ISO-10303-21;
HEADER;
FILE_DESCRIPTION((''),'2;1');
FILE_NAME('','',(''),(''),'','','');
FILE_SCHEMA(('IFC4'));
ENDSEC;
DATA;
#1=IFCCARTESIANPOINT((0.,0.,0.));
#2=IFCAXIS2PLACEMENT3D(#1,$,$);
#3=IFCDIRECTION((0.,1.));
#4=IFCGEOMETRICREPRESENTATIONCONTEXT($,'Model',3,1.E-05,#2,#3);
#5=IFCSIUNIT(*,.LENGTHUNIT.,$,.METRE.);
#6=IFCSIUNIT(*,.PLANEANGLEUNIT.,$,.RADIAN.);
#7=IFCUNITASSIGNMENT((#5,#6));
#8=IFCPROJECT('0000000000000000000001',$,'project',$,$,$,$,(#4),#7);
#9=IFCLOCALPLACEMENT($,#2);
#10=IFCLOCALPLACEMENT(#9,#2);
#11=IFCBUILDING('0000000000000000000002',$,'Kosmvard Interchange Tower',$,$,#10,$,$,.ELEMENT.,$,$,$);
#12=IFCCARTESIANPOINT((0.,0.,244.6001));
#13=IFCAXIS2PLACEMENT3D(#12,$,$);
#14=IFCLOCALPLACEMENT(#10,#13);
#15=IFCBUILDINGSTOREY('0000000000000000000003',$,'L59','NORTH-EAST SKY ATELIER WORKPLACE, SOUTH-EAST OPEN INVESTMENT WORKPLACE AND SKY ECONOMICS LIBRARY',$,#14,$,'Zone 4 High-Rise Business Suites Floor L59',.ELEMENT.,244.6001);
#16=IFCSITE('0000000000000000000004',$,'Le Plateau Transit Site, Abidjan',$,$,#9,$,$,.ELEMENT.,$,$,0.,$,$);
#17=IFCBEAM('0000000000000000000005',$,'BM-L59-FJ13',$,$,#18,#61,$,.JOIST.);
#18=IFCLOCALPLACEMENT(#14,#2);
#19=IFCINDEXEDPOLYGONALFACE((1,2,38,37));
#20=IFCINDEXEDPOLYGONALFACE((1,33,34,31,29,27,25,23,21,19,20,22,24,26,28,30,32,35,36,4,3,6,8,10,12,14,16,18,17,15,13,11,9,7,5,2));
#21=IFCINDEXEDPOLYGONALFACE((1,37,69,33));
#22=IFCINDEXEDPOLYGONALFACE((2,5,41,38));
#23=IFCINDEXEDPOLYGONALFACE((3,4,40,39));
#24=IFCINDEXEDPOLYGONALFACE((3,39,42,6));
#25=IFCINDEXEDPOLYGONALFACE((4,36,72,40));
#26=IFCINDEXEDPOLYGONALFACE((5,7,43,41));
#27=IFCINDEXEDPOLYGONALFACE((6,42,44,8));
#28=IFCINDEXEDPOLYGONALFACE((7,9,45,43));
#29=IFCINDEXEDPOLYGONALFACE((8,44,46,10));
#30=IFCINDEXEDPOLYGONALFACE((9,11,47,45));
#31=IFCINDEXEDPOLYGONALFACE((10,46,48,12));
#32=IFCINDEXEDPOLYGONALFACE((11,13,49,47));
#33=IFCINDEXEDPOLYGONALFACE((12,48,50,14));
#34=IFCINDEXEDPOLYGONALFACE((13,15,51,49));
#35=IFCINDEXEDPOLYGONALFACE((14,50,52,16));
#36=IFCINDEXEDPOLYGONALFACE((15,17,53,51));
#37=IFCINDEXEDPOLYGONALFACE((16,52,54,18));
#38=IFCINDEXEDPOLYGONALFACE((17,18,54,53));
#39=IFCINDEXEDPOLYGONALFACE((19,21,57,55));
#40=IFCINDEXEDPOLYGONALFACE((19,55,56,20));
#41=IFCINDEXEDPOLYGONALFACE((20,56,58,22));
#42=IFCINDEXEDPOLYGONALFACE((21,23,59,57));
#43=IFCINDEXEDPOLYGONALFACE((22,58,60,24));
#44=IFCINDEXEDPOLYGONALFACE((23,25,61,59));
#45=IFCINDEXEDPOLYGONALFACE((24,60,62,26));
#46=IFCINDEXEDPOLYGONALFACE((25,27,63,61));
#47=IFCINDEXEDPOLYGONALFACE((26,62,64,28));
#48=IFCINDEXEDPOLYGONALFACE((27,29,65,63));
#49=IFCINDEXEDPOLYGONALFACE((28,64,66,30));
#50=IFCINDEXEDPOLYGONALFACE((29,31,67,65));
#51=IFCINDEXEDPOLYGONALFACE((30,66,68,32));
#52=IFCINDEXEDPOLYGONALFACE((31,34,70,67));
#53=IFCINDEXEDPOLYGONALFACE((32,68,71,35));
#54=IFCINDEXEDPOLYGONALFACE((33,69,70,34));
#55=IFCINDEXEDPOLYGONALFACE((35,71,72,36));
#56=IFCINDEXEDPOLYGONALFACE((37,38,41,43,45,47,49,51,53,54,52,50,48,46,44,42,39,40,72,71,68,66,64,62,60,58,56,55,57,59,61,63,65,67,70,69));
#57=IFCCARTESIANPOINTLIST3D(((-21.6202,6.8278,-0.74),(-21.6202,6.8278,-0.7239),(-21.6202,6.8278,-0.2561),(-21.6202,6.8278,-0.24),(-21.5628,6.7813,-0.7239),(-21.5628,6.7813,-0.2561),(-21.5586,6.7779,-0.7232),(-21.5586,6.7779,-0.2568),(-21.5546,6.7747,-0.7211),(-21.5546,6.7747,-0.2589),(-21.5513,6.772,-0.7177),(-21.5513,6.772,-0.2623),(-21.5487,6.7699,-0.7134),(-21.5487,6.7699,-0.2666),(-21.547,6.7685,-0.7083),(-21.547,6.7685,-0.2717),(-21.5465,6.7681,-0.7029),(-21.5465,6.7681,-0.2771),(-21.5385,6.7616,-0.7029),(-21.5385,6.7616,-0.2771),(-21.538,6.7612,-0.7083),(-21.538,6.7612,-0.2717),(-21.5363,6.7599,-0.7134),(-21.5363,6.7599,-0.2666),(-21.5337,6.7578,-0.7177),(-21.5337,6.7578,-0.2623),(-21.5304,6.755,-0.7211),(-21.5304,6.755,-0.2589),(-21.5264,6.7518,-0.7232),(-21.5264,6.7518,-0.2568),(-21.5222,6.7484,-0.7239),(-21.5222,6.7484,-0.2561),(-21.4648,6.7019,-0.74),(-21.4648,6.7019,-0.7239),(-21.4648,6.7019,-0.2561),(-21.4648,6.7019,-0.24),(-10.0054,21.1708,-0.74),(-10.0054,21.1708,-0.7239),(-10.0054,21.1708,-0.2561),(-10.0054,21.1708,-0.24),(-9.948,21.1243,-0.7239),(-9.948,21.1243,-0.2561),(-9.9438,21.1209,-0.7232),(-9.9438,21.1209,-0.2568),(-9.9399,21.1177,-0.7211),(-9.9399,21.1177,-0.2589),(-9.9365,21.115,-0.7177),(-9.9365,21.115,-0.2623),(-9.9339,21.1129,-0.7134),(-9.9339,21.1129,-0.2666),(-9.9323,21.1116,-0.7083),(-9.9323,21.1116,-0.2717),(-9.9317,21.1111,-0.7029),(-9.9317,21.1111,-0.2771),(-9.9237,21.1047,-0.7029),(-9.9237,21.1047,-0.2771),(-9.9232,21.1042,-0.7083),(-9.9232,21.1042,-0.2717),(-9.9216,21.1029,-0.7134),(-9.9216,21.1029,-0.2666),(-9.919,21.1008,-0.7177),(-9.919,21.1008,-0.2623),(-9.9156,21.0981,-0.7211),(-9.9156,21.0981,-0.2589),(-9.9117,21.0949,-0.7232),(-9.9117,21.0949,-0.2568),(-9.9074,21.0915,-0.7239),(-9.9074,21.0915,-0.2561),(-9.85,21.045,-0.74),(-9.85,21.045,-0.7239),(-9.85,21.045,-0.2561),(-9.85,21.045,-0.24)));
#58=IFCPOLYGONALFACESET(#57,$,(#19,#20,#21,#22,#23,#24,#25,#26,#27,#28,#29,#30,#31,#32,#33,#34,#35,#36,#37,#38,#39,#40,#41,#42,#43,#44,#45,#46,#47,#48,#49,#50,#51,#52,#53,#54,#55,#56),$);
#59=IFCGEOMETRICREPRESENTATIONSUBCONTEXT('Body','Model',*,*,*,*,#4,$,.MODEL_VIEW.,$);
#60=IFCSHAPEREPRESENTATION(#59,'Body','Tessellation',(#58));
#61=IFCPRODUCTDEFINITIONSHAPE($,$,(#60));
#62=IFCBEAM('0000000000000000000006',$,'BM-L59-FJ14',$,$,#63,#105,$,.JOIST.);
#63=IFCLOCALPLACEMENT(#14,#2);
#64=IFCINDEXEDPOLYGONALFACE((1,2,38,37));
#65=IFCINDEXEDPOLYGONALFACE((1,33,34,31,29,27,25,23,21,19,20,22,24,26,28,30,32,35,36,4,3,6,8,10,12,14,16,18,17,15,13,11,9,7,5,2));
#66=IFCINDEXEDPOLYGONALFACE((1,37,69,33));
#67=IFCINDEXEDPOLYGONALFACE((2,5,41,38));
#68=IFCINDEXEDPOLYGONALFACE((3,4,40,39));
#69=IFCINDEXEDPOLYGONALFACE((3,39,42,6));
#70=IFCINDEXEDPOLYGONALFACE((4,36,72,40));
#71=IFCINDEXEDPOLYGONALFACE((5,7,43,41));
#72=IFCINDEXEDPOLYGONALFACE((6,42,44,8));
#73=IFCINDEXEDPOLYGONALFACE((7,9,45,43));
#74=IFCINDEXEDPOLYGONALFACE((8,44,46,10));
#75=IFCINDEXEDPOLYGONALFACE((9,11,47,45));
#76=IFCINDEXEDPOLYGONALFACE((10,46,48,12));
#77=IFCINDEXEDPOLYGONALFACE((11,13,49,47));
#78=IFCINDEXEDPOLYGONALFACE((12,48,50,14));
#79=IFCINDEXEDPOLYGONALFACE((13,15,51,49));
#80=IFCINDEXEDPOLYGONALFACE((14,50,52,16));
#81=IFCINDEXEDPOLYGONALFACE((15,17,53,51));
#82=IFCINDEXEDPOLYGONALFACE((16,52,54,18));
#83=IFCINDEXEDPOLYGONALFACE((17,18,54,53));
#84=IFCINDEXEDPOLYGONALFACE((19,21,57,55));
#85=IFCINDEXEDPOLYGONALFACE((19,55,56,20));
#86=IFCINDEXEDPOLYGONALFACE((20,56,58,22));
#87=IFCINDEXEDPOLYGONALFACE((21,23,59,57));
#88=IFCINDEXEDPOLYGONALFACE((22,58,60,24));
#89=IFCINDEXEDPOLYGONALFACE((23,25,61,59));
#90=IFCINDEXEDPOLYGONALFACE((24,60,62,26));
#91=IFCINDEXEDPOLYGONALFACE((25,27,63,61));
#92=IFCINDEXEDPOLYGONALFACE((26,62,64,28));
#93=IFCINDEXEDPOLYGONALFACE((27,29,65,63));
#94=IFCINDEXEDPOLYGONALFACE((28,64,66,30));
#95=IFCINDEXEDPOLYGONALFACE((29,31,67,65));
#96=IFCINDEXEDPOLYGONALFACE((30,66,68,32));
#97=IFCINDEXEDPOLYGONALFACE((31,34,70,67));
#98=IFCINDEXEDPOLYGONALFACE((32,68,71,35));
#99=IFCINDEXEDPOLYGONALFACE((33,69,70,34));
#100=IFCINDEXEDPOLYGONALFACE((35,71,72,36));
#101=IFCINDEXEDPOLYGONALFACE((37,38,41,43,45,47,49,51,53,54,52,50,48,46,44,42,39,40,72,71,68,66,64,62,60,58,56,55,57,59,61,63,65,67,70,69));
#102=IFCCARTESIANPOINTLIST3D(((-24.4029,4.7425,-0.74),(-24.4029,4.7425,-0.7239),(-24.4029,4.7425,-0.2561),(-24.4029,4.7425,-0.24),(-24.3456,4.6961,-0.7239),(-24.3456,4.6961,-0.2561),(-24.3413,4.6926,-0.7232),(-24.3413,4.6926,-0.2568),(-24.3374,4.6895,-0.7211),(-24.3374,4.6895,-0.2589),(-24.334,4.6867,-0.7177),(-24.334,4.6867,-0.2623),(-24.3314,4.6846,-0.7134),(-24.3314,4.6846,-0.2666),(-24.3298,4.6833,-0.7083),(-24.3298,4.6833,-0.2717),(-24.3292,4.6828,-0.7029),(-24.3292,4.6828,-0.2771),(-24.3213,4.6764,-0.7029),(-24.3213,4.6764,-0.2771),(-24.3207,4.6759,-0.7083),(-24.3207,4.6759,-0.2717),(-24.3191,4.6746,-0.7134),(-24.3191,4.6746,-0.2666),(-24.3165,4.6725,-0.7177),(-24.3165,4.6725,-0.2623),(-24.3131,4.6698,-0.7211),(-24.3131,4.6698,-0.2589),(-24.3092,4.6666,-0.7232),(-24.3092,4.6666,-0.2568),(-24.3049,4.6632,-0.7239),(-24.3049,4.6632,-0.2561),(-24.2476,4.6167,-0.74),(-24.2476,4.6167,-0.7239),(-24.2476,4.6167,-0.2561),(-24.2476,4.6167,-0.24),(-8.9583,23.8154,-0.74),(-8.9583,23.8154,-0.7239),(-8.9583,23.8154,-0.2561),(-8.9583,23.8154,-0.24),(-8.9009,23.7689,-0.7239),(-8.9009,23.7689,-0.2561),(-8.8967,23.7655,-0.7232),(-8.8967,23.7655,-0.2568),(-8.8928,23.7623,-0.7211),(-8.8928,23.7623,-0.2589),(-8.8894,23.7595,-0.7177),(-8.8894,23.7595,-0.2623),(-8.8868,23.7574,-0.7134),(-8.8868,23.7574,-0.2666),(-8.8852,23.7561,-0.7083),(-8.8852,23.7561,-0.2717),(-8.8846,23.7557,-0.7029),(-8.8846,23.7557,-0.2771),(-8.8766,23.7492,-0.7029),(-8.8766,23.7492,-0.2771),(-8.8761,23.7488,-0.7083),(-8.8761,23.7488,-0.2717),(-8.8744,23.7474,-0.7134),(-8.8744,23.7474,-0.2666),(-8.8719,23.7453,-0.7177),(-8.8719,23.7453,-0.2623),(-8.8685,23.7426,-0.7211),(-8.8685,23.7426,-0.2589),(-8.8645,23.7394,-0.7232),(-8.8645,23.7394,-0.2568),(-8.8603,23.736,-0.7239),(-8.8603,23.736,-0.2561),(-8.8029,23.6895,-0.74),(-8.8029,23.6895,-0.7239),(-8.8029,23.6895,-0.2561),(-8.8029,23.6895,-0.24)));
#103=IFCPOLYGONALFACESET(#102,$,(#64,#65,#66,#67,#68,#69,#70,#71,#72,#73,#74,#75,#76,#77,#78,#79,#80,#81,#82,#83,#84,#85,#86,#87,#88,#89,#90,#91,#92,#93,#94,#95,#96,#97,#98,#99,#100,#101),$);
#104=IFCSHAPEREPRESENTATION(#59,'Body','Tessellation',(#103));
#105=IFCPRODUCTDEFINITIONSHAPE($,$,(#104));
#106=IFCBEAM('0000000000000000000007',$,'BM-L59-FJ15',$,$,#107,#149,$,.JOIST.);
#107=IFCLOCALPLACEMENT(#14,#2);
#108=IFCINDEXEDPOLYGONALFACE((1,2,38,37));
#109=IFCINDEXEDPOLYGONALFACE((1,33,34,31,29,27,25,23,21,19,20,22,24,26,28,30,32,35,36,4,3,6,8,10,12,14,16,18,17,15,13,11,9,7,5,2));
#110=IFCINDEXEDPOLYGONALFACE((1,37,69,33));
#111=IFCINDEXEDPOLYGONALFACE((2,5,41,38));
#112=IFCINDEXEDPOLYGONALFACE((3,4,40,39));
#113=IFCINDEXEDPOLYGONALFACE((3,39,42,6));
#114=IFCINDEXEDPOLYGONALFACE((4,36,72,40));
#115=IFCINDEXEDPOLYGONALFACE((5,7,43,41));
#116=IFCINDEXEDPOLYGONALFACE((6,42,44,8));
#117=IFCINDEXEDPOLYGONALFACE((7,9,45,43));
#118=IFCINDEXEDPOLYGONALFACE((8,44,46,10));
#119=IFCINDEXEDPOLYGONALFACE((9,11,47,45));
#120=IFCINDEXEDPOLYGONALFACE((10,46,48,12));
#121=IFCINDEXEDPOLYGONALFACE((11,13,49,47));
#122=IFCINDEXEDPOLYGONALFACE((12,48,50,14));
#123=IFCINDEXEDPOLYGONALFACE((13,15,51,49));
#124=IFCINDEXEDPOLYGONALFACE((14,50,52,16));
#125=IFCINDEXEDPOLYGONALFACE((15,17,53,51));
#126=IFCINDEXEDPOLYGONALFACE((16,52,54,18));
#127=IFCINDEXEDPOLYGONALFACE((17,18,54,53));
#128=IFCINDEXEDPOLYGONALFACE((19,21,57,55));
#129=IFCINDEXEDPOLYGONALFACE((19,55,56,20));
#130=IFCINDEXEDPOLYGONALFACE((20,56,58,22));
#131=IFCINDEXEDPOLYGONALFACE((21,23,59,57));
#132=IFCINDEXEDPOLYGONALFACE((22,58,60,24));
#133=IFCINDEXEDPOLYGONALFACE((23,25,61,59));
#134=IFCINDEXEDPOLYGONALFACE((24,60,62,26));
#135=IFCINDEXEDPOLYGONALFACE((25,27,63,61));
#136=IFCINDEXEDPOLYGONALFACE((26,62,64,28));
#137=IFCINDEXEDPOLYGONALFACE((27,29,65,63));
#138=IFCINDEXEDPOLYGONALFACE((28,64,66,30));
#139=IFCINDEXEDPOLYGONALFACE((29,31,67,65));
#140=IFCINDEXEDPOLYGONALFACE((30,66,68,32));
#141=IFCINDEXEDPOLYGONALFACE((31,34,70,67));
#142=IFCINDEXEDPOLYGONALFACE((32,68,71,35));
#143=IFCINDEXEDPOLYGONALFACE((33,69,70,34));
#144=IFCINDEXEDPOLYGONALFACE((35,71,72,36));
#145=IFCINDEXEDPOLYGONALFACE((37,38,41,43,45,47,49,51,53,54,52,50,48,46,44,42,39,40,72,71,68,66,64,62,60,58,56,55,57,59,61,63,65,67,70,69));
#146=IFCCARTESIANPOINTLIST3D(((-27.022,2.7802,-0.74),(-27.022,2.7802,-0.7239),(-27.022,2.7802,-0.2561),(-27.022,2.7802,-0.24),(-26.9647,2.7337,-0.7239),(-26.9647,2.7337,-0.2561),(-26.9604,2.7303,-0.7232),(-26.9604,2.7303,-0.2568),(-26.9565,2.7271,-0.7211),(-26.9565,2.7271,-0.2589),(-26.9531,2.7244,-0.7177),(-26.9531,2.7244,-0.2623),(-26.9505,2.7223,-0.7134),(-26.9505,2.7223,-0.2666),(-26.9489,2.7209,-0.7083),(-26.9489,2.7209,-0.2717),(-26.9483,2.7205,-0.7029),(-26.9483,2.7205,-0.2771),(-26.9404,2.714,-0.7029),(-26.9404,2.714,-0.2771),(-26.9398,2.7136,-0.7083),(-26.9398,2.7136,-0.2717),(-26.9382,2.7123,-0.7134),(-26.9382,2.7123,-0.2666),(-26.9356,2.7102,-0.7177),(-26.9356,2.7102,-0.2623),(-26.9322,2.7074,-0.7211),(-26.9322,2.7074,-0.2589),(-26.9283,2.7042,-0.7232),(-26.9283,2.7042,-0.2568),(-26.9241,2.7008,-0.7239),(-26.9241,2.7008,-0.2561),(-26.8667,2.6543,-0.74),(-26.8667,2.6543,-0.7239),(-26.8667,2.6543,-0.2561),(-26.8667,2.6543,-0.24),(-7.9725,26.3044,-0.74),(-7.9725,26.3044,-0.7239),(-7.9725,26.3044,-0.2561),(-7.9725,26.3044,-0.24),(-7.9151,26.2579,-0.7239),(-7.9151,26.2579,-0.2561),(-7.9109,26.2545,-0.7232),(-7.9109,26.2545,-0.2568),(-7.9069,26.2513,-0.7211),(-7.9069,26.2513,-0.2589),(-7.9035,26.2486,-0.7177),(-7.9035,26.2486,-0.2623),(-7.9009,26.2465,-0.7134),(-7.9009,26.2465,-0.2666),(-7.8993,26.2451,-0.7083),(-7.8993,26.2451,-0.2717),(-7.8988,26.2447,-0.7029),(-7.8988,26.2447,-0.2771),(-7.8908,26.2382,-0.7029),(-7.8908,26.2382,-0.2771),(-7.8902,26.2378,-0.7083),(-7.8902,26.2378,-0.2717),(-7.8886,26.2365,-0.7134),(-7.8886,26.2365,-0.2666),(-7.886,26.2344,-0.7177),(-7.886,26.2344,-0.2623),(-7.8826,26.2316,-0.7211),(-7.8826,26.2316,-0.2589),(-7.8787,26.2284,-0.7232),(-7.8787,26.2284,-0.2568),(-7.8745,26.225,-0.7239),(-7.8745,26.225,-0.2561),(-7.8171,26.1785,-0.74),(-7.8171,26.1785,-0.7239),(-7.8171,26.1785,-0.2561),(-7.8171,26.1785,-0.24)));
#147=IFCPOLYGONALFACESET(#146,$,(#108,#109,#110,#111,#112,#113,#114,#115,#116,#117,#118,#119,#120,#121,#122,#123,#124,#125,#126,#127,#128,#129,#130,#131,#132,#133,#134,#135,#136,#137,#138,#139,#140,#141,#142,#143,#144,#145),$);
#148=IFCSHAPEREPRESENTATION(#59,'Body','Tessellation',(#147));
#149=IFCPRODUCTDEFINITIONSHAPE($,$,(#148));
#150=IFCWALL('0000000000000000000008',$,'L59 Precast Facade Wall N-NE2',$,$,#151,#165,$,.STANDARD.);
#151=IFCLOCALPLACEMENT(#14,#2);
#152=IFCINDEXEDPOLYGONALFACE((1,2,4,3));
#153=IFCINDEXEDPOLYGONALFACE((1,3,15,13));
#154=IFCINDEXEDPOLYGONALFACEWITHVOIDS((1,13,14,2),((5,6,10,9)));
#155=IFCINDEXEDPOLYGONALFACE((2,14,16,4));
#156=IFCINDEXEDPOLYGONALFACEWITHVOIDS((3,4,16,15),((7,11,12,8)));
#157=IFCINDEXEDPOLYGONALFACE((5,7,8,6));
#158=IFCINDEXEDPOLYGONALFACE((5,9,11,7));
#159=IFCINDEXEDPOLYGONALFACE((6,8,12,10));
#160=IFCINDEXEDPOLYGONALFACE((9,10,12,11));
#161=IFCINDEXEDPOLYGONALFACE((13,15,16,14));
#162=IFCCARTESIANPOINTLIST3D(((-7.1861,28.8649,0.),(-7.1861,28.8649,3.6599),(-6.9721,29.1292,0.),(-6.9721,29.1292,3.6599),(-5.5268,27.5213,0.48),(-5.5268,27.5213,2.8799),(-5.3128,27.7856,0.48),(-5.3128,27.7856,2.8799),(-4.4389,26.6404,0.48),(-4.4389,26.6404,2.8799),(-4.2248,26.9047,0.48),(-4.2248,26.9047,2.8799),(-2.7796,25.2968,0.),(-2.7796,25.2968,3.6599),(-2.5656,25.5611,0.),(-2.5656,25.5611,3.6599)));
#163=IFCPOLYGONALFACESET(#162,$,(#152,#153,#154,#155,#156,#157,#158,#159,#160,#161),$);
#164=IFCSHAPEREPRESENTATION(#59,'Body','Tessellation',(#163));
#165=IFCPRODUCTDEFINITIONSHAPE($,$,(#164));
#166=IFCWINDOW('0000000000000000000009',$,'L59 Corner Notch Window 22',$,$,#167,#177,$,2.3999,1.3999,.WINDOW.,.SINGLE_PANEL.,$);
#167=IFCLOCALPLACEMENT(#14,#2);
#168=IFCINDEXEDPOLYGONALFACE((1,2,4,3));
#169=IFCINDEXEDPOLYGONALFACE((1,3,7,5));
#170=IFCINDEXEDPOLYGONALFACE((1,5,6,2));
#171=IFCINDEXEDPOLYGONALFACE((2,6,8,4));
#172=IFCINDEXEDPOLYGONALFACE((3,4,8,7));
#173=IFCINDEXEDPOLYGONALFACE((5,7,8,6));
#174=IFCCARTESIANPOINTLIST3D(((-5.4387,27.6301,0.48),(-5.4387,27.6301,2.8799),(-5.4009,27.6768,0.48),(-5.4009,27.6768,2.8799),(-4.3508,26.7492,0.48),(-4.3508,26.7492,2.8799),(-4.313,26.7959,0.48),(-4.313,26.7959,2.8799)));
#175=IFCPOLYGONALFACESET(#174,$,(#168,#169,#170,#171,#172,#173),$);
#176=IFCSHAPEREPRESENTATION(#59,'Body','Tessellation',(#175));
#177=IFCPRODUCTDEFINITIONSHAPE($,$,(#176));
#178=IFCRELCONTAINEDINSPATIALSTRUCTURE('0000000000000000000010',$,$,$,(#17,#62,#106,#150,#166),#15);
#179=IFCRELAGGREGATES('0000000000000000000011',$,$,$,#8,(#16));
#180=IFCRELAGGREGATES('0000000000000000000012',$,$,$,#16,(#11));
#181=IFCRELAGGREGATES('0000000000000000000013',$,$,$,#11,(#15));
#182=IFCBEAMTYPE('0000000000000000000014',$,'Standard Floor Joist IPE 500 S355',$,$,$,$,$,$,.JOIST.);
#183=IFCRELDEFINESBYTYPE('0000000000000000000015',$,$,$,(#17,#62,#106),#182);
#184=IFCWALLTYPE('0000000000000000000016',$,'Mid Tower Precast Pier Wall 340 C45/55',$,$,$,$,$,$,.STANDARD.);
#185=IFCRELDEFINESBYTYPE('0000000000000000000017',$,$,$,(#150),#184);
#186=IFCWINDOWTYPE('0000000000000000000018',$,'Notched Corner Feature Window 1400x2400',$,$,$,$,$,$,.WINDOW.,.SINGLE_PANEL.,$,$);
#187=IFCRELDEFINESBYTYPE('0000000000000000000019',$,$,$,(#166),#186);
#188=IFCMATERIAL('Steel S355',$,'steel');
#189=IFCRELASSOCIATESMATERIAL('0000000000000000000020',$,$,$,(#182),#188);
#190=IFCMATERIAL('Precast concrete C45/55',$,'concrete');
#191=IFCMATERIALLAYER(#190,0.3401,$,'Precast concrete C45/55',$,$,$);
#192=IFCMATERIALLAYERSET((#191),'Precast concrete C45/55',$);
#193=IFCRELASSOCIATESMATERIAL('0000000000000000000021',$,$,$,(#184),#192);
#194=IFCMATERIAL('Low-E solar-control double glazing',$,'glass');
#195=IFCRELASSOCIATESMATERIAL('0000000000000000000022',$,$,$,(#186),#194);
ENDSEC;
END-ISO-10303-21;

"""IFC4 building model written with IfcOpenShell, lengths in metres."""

from ifc_helpers import new_model, si_unit, direction, frame, frame_2d, origin, origin_2d, place, context, subcontext, project, spatial, rectangle, i_section, extrude, source, transform, mapped, material, layer, layer_set, material_profile, profile_set, type_object, element, fill, save


model = new_model("IFC4")

# Units and contexts
model_context = context("Model", 3, precision=1e-05, world=origin(), true_north=direction((0.0, 1.0)))
body_context = subcontext(model_context, "Body", "Model", "MODEL_VIEW")
ifc_project = project(units=[si_unit("LENGTHUNIT", "METRE"), si_unit("PLANEANGLEUNIT", "RADIAN")], contexts=[model_context])

# Site, building, storey
site_placement = place(None, origin())
site = spatial("IfcSite", under=ifc_project, at=site_placement, Name="Le Plateau Transit Site, Abidjan", CompositionType="ELEMENT", RefElevation=0.0)
building_placement = place(site_placement, origin())
building = spatial("IfcBuilding", under=site, at=building_placement, Name="Kosmvard Interchange Tower", CompositionType="ELEMENT")
storey_placement = place(building_placement, frame((0.0, 0.0, 244.6001)))
storey = spatial("IfcBuildingStorey", under=building, at=storey_placement, Name="L59", Description="NORTH-EAST SKY ATELIER WORKPLACE, SOUTH-EAST OPEN INVESTMENT WORKPLACE AND SKY ECONOMICS LIBRARY", LongName="Zone 4 High-Rise Business Suites Floor L59", CompositionType="ELEMENT", Elevation=244.6001)

# Beams
ifc_material_1 = material(Name="Steel S355", Category="steel")
ifc_material_profile_1 = material_profile(ifc_material_1, i_section(OverallWidth=0.2, OverallDepth=0.5, WebThickness=0.0103, FlangeThickness=0.0161, FilletRadius=0.021, at=origin_2d()), Name="IPE 500")
ifc_profile_set_1 = profile_set([ifc_material_profile_1], Name="Steel S355")
beam_type_1 = type_object("IfcBeamType", Name="Standard Floor Joist IPE 500 S355", PredefinedType="JOIST", material=ifc_profile_set_1)
shared_shape_1 = source(origin(), body_context, "Body", "SweptSolid", [
    extrude(i_section(OverallWidth=0.2, OverallDepth=0.5, WebThickness=0.0103, FlangeThickness=0.0161, FilletRadius=0.021, at=origin_2d()), origin(), (0.0, 0.0, 1.0), 18.4561),
])
beam_1_placement = place(storey_placement, frame((-9.9277, 21.1079, -0.49), z_axis=(-0.62932, -0.777146, 0.0), x_axis=(0.777146, -0.62932, 0.0)))
element("IfcBeam", 1, at=beam_1_placement, inside=storey, type_object=beam_type_1, Name="BM-L59-FJ13", PredefinedType="JOIST", context=body_context, shape_type="MappedRepresentation", body=[
    mapped(shared_shape_1, transform((0.0, 0.0, 0.0), scale=1.0)),
])
shared_shape_2 = source(origin(), body_context, "Body", "SweptSolid", [
    extrude(i_section(OverallWidth=0.2, OverallDepth=0.5, WebThickness=0.0103, FlangeThickness=0.0161, FilletRadius=0.021, at=origin_2d()), origin(), (0.0, 0.0, 1.0), 24.542),
])
beam_2_placement = place(storey_placement, frame((-8.8806, 23.7524, -0.49), z_axis=(-0.629315, -0.777151, 0.0), x_axis=(0.777151, -0.629315, 0.0)))
element("IfcBeam", 2, at=beam_2_placement, inside=storey, type_object=beam_type_1, Name="BM-L59-FJ14", PredefinedType="JOIST", context=body_context, shape_type="MappedRepresentation", body=[
    mapped(shared_shape_2, transform((0.0, 0.0, 0.0), scale=1.0)),
])
shared_shape_3 = source(origin(), body_context, "Body", "SweptSolid", [
    extrude(i_section(OverallWidth=0.2, OverallDepth=0.5, WebThickness=0.0103, FlangeThickness=0.0161, FilletRadius=0.021, at=origin_2d()), origin(), (0.0, 0.0, 1.0), 30.27),
])
beam_3_placement = place(storey_placement, frame((-7.8948, 26.2415, -0.49), z_axis=(-0.629322, -0.777145, 0.0), x_axis=(0.777145, -0.629322, 0.0)))
element("IfcBeam", 3, at=beam_3_placement, inside=storey, type_object=beam_type_1, Name="BM-L59-FJ15", PredefinedType="JOIST", context=body_context, shape_type="MappedRepresentation", body=[
    mapped(shared_shape_3, transform((0.0, 0.0, 0.0), scale=1.0)),
])

# Wall, opening, window
ifc_material_2 = material(Name="Precast concrete C45/55", Category="concrete")
ifc_layer_1 = layer(ifc_material_2, 0.3401, Name="Precast concrete C45/55")
ifc_layer_set_1 = layer_set([ifc_layer_1], Name="Precast concrete C45/55")
wall_type_1 = type_object("IfcWallType", Name="Mid Tower Precast Pier Wall 340 C45/55", PredefinedType="STANDARD", material=ifc_layer_set_1)
wall_1_placement = place(storey_placement, frame((-2.6726, 25.429, 0.0), z_axis=(0.0, 0.0, 1.0), x_axis=(-0.777163, 0.6293, 0.0)))
wall_1 = element("IfcWall", 4, at=wall_1_placement, inside=storey, type_object=wall_type_1, Name="L59 Precast Facade Wall N-NE2", PredefinedType="STANDARD", context=body_context, shape_type="SweptSolid", body=[
    extrude(rectangle(XDim=5.6699, YDim=0.3401, at=frame_2d((2.835, 0.0))), origin(), (0.0, 0.0, 1.0), 3.6599),
])
opening_1_placement = place(wall_1_placement, frame((2.135, 0.0, 0.48)))
opening_1 = element("IfcOpeningElement", 5, at=opening_1_placement, cuts=wall_1, PredefinedType="OPENING", context=body_context, shape_type="SweptSolid", body=[
    extrude(rectangle(XDim=1.3999, YDim=2.3999, at=frame_2d((0.7, 1.2))), frame((0.0, 0.1802, 0.0), z_axis=(0.0, -1.0, 0.0), x_axis=(1.0, 0.0, 0.0)), (0.0, 0.0, 1.0), 0.3601),
])
ifc_material_3 = material(Name="Low-E solar-control double glazing", Category="glass")
window_type_1 = type_object("IfcWindowType", Name="Notched Corner Feature Window 1400x2400", PartitioningType="SINGLE_PANEL", PredefinedType="WINDOW", material=ifc_material_3)
shared_shape_4 = source(origin(), body_context, "Body", "SweptSolid", [
    extrude(rectangle(XDim=1.3999, YDim=2.3999, at=frame_2d((0.7, 1.2))), frame((0.0, 0.03, 0.0), z_axis=(0.0, -1.0, 0.0), x_axis=(1.0, 0.0, 0.0)), (0.0, 0.0, 1.0), 0.0601),
])
window_1_placement = place(opening_1_placement, origin())
window_1 = element("IfcWindow", 6, at=window_1_placement, inside=storey, type_object=window_type_1, Name="L59 Corner Notch Window 22", OverallHeight=2.3999, OverallWidth=1.3999, PartitioningType="SINGLE_PANEL", PredefinedType="WINDOW", context=body_context, shape_type="MappedRepresentation", body=[
    mapped(shared_shape_4, transform((0.0, 0.0, 0.0), scale=1.0)),
])
fill(opening_1, window_1)

save(model, "model.ifc")
